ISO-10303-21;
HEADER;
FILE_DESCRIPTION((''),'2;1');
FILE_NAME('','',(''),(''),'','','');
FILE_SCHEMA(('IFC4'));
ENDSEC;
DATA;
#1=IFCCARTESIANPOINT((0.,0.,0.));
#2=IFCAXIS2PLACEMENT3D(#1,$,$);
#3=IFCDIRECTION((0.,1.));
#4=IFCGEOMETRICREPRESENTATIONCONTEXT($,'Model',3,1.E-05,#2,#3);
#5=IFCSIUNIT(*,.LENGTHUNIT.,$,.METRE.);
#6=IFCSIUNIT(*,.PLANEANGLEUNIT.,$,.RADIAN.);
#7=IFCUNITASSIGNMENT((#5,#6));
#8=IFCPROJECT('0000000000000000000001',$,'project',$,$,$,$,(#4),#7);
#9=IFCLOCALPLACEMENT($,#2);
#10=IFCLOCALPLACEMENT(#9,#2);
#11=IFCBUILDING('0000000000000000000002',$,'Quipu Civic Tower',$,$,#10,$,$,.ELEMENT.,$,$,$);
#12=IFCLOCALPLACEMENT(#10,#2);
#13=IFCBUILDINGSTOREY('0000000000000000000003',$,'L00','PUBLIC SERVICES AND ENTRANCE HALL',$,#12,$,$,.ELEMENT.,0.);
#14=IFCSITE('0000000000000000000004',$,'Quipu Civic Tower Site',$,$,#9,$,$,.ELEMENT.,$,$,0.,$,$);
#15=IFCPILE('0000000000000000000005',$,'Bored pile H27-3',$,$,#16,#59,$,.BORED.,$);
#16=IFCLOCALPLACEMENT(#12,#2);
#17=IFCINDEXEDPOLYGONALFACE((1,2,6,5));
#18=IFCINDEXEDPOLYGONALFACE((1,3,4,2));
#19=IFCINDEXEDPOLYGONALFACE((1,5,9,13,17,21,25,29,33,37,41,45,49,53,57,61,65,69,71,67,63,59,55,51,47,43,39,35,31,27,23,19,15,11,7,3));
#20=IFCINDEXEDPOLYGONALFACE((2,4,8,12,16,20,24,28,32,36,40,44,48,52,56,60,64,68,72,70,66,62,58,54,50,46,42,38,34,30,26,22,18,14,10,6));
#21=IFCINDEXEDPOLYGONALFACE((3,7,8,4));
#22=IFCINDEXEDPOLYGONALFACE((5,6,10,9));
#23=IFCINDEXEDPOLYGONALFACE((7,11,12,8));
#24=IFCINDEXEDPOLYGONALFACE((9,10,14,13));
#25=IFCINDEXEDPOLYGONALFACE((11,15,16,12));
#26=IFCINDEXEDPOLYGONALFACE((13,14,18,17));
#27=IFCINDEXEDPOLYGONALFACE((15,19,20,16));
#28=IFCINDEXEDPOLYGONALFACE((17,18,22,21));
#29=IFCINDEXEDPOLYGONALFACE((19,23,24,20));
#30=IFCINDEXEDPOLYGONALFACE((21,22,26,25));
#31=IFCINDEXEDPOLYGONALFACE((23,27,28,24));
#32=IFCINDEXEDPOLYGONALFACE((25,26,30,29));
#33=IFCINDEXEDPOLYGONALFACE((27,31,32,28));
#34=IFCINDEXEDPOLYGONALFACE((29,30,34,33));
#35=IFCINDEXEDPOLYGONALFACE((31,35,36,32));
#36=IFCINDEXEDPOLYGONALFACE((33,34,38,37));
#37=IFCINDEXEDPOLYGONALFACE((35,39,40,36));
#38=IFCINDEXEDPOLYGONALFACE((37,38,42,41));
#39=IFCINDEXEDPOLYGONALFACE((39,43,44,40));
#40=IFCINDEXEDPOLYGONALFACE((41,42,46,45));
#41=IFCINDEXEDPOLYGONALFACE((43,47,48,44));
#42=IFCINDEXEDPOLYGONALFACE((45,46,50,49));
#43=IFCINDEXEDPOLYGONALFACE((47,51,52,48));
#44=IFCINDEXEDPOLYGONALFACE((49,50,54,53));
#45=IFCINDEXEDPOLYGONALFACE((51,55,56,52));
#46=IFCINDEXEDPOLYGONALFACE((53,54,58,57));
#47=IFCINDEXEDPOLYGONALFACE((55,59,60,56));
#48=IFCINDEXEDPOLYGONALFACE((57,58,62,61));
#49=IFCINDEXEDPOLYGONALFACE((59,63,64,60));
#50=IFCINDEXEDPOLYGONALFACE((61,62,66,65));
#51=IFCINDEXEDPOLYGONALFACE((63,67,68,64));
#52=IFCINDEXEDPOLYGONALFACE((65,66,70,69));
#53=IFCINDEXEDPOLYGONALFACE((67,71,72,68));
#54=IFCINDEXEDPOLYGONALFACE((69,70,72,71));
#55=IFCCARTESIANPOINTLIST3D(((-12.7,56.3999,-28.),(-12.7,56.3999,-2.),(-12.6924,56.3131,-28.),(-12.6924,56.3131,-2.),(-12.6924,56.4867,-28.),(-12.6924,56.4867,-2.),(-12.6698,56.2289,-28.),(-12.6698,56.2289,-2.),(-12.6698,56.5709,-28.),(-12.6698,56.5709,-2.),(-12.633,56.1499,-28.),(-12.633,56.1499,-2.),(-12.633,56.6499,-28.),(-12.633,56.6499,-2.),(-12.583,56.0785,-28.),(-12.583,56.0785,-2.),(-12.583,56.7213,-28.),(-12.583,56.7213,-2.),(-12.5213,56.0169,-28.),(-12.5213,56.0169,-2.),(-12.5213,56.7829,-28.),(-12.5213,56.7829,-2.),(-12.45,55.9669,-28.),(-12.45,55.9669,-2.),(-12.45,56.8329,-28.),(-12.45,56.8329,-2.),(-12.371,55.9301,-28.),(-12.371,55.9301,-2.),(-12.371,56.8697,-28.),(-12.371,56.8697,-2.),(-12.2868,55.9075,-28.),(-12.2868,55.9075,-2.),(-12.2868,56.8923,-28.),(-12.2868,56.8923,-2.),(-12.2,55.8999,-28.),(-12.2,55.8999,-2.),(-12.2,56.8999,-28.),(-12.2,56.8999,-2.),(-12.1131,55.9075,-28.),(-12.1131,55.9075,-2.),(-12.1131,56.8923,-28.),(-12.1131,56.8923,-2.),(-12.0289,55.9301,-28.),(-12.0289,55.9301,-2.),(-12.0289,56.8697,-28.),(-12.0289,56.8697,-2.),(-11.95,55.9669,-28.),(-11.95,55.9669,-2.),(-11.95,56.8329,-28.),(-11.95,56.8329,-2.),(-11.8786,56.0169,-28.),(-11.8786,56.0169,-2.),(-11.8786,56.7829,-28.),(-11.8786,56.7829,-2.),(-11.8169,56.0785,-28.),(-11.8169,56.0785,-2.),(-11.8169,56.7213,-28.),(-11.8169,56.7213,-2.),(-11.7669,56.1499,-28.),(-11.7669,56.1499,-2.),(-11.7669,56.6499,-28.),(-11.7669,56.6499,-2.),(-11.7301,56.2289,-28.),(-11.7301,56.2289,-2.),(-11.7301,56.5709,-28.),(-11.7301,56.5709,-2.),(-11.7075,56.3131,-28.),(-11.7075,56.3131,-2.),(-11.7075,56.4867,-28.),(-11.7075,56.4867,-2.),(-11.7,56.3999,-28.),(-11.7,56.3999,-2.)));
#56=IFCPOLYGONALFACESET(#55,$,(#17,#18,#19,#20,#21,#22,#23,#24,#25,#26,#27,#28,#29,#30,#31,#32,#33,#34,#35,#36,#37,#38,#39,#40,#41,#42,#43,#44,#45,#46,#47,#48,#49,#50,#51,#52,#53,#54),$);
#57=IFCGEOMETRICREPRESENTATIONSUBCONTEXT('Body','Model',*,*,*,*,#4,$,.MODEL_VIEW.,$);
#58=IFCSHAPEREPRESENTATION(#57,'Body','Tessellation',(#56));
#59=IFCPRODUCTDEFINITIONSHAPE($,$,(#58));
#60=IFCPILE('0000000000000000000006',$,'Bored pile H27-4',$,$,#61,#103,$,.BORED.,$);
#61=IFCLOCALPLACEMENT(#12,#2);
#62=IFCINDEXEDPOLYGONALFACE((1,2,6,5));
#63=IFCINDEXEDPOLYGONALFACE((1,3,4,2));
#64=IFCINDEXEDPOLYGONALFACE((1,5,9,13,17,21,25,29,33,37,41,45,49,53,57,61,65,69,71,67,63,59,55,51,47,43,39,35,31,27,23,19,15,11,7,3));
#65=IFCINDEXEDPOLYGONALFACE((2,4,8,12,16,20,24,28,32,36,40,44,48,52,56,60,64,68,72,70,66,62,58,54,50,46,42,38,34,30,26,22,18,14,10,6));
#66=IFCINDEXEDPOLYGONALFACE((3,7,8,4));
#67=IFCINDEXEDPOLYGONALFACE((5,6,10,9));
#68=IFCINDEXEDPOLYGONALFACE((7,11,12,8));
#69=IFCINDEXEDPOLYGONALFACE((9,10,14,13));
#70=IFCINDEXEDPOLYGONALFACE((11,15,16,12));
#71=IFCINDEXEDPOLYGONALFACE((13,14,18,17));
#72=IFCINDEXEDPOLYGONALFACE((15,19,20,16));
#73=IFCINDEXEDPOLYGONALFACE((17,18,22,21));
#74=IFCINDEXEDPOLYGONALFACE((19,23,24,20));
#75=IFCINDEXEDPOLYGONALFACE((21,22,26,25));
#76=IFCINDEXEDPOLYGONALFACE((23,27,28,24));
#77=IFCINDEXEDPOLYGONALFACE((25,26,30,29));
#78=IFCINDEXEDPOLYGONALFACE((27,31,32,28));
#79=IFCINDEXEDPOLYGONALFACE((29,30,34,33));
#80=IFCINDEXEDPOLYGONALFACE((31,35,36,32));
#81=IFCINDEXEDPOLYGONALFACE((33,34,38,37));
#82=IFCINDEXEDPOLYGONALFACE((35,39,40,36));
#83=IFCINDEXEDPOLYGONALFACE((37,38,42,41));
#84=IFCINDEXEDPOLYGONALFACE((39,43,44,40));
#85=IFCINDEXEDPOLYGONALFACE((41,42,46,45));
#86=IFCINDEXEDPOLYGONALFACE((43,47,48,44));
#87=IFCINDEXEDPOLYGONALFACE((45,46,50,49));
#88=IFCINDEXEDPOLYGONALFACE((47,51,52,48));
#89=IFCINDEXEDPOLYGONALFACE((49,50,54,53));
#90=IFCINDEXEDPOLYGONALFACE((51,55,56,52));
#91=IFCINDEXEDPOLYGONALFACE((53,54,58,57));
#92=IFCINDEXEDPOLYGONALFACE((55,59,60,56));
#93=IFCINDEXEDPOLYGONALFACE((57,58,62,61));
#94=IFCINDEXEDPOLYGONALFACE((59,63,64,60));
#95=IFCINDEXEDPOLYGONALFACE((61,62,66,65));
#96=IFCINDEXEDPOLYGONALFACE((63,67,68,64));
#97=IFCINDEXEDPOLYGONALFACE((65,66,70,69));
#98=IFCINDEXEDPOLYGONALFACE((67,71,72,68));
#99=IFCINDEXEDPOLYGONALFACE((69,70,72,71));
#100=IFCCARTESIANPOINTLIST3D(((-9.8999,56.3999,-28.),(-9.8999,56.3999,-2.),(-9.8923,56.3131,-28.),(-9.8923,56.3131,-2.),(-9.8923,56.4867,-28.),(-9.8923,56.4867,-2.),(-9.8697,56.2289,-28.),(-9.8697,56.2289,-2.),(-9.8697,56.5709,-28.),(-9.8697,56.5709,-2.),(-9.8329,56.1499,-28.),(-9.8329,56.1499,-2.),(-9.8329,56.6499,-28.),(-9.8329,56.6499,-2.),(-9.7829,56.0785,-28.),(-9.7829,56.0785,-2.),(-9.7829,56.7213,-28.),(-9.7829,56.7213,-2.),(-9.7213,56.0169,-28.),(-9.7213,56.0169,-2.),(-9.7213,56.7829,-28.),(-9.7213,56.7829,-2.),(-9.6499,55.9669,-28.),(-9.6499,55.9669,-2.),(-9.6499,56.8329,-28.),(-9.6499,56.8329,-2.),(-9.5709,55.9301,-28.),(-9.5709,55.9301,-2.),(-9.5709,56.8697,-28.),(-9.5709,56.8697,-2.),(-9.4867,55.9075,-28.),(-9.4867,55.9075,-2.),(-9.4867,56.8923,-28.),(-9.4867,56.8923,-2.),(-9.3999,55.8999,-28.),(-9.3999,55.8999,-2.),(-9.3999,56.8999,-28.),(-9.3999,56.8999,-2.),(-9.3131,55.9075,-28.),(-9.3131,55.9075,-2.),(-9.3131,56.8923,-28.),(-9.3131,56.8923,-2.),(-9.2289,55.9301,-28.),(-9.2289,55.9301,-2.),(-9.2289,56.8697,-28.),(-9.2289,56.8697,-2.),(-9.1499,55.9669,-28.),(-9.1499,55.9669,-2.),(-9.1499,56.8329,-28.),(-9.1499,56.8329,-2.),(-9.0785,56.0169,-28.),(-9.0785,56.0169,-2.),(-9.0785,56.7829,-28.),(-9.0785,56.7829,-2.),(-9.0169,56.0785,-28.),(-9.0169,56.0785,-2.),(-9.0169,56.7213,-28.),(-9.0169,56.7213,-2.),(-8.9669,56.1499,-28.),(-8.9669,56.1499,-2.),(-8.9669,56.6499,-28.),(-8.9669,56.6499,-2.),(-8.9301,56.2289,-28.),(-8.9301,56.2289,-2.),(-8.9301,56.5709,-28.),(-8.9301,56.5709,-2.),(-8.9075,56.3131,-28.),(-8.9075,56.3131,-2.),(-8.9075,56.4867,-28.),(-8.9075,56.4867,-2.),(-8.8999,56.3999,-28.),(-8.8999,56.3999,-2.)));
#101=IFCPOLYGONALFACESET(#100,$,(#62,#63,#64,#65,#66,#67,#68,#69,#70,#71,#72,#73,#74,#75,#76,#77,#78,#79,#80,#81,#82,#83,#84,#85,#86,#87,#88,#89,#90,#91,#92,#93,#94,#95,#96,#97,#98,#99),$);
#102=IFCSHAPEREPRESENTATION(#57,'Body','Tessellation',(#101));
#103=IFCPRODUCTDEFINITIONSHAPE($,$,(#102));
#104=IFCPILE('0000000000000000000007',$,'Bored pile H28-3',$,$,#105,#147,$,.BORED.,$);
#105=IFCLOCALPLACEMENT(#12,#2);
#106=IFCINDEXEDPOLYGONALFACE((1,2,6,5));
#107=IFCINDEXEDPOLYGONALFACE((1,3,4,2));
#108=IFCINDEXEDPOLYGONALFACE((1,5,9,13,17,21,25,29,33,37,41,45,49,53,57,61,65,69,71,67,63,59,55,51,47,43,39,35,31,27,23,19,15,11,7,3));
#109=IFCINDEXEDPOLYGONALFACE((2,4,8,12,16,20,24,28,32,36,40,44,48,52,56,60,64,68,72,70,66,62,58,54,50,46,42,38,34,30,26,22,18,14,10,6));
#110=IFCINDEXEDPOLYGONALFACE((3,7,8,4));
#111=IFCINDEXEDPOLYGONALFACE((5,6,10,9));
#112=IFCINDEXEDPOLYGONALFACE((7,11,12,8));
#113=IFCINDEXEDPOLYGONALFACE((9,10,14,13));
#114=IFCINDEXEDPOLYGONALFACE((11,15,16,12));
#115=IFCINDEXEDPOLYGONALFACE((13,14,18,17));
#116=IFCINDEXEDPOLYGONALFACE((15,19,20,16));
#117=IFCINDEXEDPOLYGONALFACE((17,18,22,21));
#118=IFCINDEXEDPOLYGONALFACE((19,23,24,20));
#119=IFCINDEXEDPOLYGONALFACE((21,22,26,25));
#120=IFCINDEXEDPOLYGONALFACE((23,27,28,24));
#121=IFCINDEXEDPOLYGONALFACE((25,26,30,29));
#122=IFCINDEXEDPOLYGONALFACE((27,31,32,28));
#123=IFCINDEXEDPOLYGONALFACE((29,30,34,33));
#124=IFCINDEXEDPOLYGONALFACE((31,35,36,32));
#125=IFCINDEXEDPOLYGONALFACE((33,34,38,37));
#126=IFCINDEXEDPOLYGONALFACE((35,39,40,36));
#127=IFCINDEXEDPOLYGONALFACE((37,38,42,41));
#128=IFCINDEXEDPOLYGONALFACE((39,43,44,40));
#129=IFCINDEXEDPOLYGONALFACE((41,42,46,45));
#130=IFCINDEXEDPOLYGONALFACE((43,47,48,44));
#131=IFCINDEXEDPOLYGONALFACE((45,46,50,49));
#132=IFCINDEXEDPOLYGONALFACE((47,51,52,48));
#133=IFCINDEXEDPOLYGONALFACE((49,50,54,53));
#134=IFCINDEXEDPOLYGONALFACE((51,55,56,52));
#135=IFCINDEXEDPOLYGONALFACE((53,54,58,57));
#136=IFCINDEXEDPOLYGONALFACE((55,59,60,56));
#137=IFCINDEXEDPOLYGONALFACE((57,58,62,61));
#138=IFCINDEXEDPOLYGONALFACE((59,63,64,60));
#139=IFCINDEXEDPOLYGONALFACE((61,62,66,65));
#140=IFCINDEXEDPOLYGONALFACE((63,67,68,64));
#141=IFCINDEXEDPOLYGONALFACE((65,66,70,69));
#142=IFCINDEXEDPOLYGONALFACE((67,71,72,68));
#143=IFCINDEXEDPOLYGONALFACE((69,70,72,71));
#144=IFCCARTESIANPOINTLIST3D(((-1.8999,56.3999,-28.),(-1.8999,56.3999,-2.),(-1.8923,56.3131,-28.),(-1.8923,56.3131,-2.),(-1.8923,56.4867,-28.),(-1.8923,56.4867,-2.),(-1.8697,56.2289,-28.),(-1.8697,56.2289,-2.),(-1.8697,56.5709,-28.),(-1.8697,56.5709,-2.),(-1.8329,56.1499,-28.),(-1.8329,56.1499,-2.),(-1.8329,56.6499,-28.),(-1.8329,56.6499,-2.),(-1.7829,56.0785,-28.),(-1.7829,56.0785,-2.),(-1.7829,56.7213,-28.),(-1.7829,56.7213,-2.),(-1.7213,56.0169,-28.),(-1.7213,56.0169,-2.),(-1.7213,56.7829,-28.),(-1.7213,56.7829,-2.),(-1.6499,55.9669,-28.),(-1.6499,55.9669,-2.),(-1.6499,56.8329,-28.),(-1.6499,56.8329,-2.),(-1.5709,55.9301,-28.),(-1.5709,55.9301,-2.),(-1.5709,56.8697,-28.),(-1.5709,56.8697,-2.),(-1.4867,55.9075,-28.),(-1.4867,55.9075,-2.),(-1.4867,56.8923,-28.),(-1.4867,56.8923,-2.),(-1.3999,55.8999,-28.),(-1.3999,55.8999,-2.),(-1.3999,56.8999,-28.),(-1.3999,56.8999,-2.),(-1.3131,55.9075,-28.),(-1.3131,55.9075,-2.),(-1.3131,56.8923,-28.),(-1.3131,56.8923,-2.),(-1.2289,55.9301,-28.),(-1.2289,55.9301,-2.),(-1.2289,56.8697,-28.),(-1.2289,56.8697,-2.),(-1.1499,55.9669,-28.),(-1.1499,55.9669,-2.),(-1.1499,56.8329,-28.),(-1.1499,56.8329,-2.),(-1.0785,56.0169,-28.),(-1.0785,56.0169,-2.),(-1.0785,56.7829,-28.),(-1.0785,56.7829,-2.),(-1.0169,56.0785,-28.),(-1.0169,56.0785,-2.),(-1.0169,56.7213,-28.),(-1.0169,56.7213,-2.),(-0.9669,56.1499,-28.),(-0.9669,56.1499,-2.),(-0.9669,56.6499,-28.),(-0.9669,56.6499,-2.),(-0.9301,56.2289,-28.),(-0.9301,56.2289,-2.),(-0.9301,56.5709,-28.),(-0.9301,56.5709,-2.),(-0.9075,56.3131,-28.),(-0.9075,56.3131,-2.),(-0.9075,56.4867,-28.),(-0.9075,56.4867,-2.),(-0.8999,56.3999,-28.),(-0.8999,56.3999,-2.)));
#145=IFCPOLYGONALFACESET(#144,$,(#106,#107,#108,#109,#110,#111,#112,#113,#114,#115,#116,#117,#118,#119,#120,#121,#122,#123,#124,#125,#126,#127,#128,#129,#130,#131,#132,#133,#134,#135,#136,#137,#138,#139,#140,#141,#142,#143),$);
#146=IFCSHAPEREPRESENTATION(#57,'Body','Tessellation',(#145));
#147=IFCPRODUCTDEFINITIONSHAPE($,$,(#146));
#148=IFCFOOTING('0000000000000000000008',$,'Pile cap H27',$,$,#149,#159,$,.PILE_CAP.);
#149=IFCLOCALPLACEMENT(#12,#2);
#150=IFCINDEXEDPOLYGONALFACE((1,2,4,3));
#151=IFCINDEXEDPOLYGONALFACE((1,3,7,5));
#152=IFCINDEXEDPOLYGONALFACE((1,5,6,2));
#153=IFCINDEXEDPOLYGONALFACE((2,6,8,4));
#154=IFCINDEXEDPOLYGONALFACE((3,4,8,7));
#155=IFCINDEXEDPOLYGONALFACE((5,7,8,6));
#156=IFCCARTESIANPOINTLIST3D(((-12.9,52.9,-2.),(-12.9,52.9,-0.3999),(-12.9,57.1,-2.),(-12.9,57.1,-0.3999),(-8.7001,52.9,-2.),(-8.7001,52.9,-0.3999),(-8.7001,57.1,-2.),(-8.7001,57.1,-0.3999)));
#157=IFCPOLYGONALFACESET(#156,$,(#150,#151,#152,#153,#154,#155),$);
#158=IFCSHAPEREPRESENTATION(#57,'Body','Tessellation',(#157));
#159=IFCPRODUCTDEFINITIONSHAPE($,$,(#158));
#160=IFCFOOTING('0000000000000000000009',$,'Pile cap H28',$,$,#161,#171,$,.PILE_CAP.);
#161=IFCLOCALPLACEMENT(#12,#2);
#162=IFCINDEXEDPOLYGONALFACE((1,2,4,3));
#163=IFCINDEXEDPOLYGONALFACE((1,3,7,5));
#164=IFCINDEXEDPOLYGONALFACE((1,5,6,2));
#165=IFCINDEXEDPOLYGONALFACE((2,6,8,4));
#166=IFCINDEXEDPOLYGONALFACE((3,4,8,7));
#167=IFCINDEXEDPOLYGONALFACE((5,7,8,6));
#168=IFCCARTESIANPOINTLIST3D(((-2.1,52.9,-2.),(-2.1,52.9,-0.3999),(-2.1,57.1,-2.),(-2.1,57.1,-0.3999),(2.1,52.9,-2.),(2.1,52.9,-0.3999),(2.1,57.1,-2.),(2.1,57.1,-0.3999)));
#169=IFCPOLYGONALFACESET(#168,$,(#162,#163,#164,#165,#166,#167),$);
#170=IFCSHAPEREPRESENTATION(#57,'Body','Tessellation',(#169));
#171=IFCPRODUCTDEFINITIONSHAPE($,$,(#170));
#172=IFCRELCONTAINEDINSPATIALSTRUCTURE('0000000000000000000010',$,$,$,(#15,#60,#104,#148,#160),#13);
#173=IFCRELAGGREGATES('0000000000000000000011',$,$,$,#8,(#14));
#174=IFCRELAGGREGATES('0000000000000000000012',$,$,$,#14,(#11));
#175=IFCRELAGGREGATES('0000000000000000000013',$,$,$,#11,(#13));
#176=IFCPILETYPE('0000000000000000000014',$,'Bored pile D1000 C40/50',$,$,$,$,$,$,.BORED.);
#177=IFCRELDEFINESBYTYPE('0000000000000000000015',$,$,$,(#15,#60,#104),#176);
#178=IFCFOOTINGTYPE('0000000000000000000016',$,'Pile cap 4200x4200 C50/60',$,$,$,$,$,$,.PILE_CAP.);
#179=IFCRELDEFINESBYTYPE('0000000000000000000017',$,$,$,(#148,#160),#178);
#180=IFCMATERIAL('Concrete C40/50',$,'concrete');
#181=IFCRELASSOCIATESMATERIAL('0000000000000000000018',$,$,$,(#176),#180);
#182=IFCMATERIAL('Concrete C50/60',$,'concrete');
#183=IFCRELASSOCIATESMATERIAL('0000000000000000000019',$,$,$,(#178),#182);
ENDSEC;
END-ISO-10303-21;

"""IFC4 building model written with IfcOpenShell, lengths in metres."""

from ifc_helpers import new_model, si_unit, direction, frame, origin, origin_2d, place, context, subcontext, project, spatial, rectangle, circle, extrude, material, material_profile, profile_set, type_object, element, save


model = new_model("IFC4")

# Units and contexts
model_context = context("Model", 3, precision=1e-05, world=origin(), true_north=direction((0.0, 1.0)))
body_context = subcontext(model_context, "Body", "Model", "MODEL_VIEW")
ifc_project = project(units=[si_unit("LENGTHUNIT", "METRE"), si_unit("PLANEANGLEUNIT", "RADIAN")], contexts=[model_context])

# Site, building, storey
site_placement = place(None, origin())
site = spatial("IfcSite", under=ifc_project, at=site_placement, Name="Quipu Civic Tower Site", CompositionType="ELEMENT", RefElevation=0.0)
building_placement = place(site_placement, origin())
building = spatial("IfcBuilding", under=site, at=building_placement, Name="Quipu Civic Tower", CompositionType="ELEMENT")
storey_placement = place(building_placement, origin())
storey = spatial("IfcBuildingStorey", under=building, at=storey_placement, Name="L00", Description="PUBLIC SERVICES AND ENTRANCE HALL", CompositionType="ELEMENT", Elevation=0.0)

# Piles
ifc_material_1 = material(Name="Concrete C40/50", Category="concrete")
ifc_material_profile_1 = material_profile(ifc_material_1, circle(Radius=0.5, at=origin_2d()), Name="RCD1000")
ifc_profile_set_1 = profile_set([ifc_material_profile_1], Name="Concrete C40/50")
pile_type = type_object("IfcPileType", Name="Bored pile D1000 C40/50", PredefinedType="BORED", material=ifc_profile_set_1)
for number, where, z_axis, x_axis, name in (
    (1, (-12.2, 56.3999, -2.0), (0.0, 0.0, -1.0), (1.0, 0.0, 0.0), "Bored pile H27-3"),
    (2, (-9.3999, 56.3999, -2.0), (0.0, 0.0, -1.0), (1.0, 0.0, 0.0), "Bored pile H27-4"),
    (3, (-1.3999, 56.3999, -2.0), (0.0, 0.0, -1.0), (1.0, 0.0, 0.0), "Bored pile H28-3"),
):
    element("IfcPile", number, at=place(storey_placement, frame(where, z_axis=z_axis, x_axis=x_axis)), inside=storey, type_object=pile_type, Name=name, PredefinedType="BORED", context=body_context, shape_type="SweptSolid", body=[
        extrude(circle(Radius=0.5, at=origin_2d()), origin(), (0.0, 0.0, 1.0), 26.0),
    ])

# Footings
ifc_material_2 = material(Name="Concrete C50/60", Category="concrete")
footing_type = type_object("IfcFootingType", Name="Pile cap 4200x4200 C50/60", PredefinedType="PILE_CAP", material=ifc_material_2)
for number, where, z_axis, x_axis, name in (
    (4, (-10.8, 55.0, -2.0), (0.0, 0.0, 1.0), (1.0, 0.0, 0.0), "Pile cap H27"),
    (5, (0.0, 55.0, -2.0), (0.0, 0.0, 1.0), (1.0, 0.0, 0.0), "Pile cap H28"),
):
    element("IfcFooting", number, at=place(storey_placement, frame(where, z_axis=z_axis, x_axis=x_axis)), inside=storey, type_object=footing_type, Name=name, PredefinedType="PILE_CAP", context=body_context, shape_type="SweptSolid", body=[
        extrude(rectangle(XDim=4.2, YDim=4.2, at=origin_2d()), origin(), (0.0, 0.0, 1.0), 1.6001),
    ])

save(model, "model.ifc")
